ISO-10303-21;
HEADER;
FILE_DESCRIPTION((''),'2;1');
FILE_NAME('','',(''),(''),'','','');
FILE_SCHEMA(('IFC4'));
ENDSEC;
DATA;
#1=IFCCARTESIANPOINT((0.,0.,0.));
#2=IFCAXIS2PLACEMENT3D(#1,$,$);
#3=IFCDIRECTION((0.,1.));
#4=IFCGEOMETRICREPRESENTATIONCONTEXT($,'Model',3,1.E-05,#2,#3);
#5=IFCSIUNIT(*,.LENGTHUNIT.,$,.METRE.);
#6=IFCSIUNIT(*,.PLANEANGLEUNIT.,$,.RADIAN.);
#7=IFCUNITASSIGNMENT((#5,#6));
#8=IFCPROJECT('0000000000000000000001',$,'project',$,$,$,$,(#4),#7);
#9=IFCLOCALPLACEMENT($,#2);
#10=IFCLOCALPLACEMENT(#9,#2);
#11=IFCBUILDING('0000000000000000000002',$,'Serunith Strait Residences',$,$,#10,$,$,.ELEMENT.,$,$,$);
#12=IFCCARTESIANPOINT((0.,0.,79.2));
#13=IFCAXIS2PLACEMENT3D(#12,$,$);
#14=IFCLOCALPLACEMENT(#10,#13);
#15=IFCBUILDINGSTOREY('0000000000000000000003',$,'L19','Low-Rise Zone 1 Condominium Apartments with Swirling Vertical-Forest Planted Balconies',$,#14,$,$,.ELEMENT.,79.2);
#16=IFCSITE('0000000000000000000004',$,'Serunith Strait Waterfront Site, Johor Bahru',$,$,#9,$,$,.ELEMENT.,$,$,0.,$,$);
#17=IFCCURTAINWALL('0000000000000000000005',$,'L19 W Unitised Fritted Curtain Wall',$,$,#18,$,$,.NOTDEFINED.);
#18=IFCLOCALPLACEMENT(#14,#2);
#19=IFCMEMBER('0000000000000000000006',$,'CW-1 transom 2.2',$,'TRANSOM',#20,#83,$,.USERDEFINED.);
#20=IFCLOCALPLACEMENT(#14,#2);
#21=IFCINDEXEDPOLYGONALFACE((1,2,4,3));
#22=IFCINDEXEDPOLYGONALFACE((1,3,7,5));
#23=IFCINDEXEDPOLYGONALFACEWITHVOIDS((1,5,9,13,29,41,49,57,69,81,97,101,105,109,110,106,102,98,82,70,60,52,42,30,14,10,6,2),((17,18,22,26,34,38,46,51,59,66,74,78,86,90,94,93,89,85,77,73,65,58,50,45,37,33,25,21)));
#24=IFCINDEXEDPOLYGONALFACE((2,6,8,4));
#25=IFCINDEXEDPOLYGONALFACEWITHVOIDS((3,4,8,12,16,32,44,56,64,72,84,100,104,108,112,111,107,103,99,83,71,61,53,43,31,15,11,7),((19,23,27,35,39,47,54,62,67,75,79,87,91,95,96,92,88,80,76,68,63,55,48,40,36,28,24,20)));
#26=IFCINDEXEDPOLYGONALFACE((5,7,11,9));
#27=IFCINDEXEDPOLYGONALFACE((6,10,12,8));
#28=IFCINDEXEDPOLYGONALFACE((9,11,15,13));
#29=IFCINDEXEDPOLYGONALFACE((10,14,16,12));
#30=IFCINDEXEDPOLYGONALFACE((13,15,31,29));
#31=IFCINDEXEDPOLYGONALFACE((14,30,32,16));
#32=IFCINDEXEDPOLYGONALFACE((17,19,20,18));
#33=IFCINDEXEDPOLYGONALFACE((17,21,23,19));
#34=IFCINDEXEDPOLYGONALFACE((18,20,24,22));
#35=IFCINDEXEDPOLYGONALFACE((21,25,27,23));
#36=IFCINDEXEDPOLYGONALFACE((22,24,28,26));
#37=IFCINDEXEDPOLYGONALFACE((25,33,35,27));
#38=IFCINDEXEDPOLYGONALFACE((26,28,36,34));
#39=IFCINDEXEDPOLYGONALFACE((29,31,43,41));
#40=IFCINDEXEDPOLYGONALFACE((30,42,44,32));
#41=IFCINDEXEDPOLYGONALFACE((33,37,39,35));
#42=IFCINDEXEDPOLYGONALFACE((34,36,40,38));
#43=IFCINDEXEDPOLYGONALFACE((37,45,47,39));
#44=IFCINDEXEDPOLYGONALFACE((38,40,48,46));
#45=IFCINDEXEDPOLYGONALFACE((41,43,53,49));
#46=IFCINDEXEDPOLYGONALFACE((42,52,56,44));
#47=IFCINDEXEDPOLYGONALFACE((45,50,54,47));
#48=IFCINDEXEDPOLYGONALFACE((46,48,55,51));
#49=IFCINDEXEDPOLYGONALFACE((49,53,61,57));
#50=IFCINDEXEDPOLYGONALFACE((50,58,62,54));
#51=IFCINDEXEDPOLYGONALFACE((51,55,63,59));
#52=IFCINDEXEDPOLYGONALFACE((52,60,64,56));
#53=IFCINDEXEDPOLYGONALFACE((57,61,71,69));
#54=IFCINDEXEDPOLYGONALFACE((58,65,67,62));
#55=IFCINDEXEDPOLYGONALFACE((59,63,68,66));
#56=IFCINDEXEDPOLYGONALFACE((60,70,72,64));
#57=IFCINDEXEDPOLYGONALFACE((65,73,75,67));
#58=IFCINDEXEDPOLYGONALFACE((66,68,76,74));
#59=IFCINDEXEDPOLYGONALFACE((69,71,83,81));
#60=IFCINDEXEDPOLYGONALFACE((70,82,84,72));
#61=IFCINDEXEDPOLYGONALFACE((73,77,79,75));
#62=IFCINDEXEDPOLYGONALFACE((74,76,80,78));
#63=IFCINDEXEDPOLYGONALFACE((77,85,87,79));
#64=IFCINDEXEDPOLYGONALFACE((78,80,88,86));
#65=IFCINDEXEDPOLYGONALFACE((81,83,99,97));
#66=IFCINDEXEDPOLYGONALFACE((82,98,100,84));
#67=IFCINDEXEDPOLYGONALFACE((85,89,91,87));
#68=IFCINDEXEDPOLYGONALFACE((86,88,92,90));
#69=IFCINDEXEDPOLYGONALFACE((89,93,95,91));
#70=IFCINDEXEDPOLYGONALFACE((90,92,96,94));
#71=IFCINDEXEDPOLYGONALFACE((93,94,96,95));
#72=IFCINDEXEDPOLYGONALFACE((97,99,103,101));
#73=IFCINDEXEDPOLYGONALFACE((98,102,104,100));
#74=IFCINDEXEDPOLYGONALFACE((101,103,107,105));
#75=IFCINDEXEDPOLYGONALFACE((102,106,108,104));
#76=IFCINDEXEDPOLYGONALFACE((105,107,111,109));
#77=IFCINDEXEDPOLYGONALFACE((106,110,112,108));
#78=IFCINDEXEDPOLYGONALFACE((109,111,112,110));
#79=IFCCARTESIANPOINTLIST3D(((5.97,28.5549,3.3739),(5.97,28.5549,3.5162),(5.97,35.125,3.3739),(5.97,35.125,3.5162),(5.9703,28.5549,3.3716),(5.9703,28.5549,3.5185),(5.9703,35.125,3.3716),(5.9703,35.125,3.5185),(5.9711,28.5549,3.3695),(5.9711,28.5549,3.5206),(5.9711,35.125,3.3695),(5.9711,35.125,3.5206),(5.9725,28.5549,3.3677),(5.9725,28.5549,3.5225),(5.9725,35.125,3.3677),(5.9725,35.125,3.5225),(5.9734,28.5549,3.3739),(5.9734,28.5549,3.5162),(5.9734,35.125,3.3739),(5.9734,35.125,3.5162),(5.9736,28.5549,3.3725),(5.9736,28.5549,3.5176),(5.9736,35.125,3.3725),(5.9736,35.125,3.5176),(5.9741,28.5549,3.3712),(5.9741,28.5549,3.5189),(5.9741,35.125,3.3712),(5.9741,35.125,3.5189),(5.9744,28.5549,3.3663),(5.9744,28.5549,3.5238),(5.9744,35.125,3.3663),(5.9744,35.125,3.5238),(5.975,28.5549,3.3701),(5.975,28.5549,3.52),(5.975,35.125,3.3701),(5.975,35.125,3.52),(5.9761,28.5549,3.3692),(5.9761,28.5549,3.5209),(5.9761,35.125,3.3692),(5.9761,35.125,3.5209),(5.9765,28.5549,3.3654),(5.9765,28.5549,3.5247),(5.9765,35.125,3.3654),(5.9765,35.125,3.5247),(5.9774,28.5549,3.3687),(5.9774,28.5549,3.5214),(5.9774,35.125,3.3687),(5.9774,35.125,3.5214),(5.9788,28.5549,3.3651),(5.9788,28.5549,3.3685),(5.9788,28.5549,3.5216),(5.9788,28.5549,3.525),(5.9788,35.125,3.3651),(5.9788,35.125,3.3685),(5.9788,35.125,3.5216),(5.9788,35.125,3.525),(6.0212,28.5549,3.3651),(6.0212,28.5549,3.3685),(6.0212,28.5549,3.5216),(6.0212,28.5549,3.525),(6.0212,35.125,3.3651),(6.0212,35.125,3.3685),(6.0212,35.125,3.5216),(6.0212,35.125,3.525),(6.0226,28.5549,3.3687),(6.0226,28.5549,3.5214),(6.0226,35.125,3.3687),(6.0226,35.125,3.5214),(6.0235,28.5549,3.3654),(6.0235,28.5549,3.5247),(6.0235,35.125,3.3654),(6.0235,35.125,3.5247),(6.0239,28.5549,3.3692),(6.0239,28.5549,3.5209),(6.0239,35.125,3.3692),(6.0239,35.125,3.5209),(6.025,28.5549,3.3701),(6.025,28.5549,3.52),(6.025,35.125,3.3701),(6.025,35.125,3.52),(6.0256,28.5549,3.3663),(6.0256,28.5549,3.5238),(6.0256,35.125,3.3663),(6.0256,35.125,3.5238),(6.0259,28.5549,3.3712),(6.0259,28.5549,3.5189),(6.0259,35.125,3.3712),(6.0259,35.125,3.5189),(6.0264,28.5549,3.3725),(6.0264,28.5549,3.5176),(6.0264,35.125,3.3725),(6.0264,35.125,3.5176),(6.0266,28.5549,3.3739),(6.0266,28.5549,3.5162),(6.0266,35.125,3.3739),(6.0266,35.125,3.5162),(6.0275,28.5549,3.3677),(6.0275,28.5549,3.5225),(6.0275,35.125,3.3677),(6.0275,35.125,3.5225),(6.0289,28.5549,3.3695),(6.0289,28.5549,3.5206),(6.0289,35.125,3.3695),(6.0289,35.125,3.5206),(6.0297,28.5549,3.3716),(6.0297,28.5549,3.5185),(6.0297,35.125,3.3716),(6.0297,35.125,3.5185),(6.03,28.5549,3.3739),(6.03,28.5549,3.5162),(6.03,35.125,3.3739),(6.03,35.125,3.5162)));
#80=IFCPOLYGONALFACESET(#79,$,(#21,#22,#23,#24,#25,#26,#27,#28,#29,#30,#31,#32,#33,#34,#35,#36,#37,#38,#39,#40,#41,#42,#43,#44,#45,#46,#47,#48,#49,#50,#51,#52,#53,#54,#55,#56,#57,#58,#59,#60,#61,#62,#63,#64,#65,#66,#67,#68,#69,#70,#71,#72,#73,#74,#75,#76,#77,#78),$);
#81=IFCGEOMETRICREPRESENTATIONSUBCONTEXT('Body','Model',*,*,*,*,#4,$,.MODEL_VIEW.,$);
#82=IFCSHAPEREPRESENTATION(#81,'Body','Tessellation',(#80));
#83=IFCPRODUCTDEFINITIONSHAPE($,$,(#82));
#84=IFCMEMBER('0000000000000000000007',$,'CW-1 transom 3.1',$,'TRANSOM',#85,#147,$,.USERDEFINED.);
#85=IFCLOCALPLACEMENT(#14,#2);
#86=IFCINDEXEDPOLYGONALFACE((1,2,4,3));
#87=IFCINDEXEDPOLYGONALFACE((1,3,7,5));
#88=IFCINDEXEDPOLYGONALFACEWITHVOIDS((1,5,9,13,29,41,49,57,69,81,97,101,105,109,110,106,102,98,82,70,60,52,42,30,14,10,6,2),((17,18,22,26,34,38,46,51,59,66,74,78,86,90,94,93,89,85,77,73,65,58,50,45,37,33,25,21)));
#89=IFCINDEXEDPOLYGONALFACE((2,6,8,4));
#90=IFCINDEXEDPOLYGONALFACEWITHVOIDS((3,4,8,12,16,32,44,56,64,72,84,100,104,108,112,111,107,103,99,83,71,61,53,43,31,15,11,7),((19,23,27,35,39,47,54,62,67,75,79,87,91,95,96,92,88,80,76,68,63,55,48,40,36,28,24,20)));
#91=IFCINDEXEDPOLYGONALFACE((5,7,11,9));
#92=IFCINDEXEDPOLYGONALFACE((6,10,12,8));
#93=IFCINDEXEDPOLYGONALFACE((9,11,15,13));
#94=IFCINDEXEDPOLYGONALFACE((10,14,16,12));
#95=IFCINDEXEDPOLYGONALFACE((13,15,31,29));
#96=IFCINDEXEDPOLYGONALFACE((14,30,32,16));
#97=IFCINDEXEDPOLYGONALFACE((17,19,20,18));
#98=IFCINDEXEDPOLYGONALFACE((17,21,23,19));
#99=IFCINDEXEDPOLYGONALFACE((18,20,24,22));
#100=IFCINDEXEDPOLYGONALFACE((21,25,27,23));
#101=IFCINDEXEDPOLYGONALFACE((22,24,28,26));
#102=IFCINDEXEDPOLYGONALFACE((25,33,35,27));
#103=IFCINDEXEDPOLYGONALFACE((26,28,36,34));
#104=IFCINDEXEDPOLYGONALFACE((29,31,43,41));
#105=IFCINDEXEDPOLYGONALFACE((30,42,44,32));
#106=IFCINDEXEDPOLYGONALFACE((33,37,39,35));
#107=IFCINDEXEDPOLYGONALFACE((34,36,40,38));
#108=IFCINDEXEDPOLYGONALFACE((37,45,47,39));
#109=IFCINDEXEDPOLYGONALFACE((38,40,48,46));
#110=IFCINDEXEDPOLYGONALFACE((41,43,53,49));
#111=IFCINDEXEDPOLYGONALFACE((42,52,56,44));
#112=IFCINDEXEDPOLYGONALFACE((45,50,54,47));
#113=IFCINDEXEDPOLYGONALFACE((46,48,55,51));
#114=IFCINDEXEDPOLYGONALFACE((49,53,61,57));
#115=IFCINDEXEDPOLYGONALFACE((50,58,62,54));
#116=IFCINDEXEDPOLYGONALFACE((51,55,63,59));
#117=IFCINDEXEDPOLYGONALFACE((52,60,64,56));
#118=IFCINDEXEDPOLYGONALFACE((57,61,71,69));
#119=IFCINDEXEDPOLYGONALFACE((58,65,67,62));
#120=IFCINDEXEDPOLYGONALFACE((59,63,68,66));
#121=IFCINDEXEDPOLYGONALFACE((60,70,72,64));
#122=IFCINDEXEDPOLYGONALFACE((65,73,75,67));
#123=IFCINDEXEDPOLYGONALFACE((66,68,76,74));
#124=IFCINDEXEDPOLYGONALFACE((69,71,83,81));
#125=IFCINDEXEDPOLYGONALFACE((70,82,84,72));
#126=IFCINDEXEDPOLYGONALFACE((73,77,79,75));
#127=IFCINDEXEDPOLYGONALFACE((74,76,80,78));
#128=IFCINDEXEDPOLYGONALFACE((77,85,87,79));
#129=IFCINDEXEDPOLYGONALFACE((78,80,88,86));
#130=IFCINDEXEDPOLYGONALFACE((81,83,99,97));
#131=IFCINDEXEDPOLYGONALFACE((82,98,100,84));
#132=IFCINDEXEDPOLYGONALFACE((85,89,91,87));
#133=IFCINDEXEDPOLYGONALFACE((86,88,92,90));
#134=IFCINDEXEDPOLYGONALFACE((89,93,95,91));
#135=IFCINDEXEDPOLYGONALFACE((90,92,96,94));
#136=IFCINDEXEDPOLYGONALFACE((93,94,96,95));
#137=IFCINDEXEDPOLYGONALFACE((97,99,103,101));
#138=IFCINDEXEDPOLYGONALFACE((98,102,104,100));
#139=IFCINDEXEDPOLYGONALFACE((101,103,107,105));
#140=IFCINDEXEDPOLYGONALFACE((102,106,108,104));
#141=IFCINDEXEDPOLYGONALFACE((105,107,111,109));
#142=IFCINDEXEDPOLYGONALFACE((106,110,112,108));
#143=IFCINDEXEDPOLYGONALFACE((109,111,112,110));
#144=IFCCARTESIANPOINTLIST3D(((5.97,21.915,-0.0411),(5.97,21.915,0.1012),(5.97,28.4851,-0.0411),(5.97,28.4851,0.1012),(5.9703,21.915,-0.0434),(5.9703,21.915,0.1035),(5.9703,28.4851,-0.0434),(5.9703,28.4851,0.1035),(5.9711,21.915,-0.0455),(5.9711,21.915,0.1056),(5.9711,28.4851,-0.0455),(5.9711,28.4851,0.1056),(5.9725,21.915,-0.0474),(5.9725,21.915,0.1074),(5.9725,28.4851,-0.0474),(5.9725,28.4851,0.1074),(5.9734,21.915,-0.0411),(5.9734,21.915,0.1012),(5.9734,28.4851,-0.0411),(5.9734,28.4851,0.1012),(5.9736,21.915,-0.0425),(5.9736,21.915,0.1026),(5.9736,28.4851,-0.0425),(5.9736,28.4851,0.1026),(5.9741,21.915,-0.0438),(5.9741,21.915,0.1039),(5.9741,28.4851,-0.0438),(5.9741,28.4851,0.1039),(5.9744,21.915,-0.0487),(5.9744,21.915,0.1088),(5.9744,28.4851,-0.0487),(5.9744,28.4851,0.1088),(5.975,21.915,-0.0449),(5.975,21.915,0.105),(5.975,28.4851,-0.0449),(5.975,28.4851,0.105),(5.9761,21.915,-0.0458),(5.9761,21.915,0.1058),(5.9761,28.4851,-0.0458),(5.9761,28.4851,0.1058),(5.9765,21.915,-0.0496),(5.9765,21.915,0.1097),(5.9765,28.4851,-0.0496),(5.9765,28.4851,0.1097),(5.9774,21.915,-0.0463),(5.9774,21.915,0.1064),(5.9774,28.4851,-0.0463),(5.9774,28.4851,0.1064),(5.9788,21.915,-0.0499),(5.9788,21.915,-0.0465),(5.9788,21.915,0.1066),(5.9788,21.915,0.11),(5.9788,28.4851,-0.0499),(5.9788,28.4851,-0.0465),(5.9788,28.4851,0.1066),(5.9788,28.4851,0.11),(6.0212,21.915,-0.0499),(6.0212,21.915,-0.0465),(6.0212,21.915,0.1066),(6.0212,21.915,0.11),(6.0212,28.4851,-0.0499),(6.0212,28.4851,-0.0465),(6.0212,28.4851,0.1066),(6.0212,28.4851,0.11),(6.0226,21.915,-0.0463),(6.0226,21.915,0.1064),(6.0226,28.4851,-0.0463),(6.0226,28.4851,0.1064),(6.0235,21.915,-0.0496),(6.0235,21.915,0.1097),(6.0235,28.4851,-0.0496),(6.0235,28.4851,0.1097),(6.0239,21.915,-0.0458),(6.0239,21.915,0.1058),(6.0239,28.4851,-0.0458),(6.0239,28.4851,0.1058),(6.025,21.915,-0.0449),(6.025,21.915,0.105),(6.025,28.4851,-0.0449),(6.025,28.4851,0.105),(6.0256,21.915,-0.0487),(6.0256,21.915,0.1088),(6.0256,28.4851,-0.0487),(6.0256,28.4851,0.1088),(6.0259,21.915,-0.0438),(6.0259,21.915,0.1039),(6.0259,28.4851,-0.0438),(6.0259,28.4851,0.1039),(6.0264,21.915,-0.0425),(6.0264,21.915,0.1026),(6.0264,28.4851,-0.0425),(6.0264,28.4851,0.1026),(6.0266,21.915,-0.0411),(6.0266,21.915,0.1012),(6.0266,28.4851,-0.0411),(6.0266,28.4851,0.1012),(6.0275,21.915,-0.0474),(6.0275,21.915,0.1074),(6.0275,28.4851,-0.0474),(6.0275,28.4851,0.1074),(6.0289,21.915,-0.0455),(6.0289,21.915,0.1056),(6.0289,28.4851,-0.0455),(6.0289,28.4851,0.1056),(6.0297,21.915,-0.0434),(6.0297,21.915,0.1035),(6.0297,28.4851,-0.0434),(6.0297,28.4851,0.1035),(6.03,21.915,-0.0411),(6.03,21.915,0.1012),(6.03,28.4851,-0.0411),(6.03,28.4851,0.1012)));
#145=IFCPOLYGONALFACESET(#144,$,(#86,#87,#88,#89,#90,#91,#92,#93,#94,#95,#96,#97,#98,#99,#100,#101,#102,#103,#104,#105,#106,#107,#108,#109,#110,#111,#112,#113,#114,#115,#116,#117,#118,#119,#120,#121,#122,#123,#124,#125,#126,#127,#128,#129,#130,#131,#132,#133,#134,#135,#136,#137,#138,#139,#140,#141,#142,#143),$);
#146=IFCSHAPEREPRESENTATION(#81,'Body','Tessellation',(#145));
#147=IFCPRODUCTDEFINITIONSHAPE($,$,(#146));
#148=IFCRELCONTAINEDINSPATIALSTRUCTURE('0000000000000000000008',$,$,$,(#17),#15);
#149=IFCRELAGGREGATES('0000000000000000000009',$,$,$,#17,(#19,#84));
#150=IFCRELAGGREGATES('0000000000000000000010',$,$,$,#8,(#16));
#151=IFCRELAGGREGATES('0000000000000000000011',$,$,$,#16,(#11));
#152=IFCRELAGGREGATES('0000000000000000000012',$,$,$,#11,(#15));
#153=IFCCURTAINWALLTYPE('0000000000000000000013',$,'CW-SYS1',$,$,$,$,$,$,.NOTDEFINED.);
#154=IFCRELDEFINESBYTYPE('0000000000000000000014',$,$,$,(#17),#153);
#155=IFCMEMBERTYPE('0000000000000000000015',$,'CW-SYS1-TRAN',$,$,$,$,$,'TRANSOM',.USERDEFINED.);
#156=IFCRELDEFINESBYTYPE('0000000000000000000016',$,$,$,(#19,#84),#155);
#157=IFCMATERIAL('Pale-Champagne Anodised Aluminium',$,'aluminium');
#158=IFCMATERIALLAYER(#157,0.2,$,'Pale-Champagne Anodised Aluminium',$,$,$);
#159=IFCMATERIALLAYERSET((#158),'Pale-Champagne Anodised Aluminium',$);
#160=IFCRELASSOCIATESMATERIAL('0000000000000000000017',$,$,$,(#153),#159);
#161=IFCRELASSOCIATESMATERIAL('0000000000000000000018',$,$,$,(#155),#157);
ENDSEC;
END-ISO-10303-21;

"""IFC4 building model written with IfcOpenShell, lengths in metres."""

from ifc_helpers import new_model, si_unit, direction, frame, origin, origin_2d, place, context, subcontext, project, spatial, hollow_rectangle, extrude, source, transform, mapped, material, layer, layer_set, material_profile, profile_set, type_object, element, aggregate, save


model = new_model("IFC4")

# Units and contexts
model_context = context("Model", 3, precision=1e-05, world=origin(), true_north=direction((0.0, 1.0)))
body_context = subcontext(model_context, "Body", "Model", "MODEL_VIEW")
ifc_project = project(units=[si_unit("LENGTHUNIT", "METRE"), si_unit("PLANEANGLEUNIT", "RADIAN")], contexts=[model_context])

# Site, building, storey
site_placement = place(None, origin())
site = spatial("IfcSite", under=ifc_project, at=site_placement, Name="Serunith Strait Waterfront Site, Johor Bahru", CompositionType="ELEMENT", RefElevation=0.0)
building_placement = place(site_placement, origin())
building = spatial("IfcBuilding", under=site, at=building_placement, Name="Serunith Strait Residences", CompositionType="ELEMENT")
storey_placement = place(building_placement, frame((0.0, 0.0, 79.2)))
storey = spatial("IfcBuildingStorey", under=building, at=storey_placement, Name="L19", Description="Low-Rise Zone 1 Condominium Apartments with Swirling Vertical-Forest Planted Balconies", CompositionType="ELEMENT", Elevation=79.2)

# Curtain wall, members
ifc_material_1 = material(Name="Pale-Champagne Anodised Aluminium", Category="aluminium")
ifc_layer_1 = layer(ifc_material_1, 0.2, Name="Pale-Champagne Anodised Aluminium")
ifc_layer_set_1 = layer_set([ifc_layer_1], Name="Pale-Champagne Anodised Aluminium")
curtain_wall_type = type_object("IfcCurtainWallType", Name="CW-SYS1", PredefinedType="NOTDEFINED", material=ifc_layer_set_1)
curtain_wall_placement = place(storey_placement, origin())
curtain_wall = element("IfcCurtainWall", 1, at=curtain_wall_placement, inside=storey, type_object=curtain_wall_type, Name="L19 W Unitised Fritted Curtain Wall", PredefinedType="NOTDEFINED")
ifc_material_profile_1 = material_profile(ifc_material_1, hollow_rectangle(XDim=0.0601, YDim=0.1599, WallThickness=0.0034, InnerFilletRadius=0.0054, OuterFilletRadius=0.0088, at=origin_2d()), Name="ALU 160x60x3.5")
ifc_profile_set_1 = profile_set([ifc_material_profile_1], Name="Pale-Champagne Anodised Aluminium")
member_type_1 = type_object("IfcMemberType", Name="CW-SYS1-TRAN", ElementType="TRANSOM", PredefinedType="USERDEFINED", material=ifc_profile_set_1)
shared_shape_1 = source(origin(), body_context, "Body", "SweptSolid", [
    extrude(hollow_rectangle(XDim=0.0601, YDim=0.1599, WallThickness=0.0034, InnerFilletRadius=0.0054, OuterFilletRadius=0.0088, at=origin_2d()), origin(), (0.0, 0.0, 1.0), 6.5701),
])
member_1_placement = place(storey_placement, frame((6.0, 35.125, 3.4451), z_axis=(0.0, -1.0, 0.0), x_axis=(1.0, 0.0, 0.0)))
member_1 = element("IfcMember", 2, at=member_1_placement, type_object=member_type_1, Name="CW-1 transom 2.2", ObjectType="TRANSOM", PredefinedType="USERDEFINED", context=body_context, shape_type="MappedRepresentation", body=[
    mapped(shared_shape_1, transform((0.0, 0.0, 0.0), scale=1.0)),
])
member_2_placement = place(storey_placement, frame((6.0, 28.4851, 0.03), z_axis=(0.0, -1.0, 0.0), x_axis=(1.0, 0.0, 0.0)))
member_2 = element("IfcMember", 3, at=member_2_placement, type_object=member_type_1, Name="CW-1 transom 3.1", ObjectType="TRANSOM", PredefinedType="USERDEFINED", context=body_context, shape_type="MappedRepresentation", body=[
    mapped(shared_shape_1, transform((0.0, 0.0, 0.0), scale=1.0)),
])
aggregate(curtain_wall, [member_1, member_2])

save(model, "model.ifc")
